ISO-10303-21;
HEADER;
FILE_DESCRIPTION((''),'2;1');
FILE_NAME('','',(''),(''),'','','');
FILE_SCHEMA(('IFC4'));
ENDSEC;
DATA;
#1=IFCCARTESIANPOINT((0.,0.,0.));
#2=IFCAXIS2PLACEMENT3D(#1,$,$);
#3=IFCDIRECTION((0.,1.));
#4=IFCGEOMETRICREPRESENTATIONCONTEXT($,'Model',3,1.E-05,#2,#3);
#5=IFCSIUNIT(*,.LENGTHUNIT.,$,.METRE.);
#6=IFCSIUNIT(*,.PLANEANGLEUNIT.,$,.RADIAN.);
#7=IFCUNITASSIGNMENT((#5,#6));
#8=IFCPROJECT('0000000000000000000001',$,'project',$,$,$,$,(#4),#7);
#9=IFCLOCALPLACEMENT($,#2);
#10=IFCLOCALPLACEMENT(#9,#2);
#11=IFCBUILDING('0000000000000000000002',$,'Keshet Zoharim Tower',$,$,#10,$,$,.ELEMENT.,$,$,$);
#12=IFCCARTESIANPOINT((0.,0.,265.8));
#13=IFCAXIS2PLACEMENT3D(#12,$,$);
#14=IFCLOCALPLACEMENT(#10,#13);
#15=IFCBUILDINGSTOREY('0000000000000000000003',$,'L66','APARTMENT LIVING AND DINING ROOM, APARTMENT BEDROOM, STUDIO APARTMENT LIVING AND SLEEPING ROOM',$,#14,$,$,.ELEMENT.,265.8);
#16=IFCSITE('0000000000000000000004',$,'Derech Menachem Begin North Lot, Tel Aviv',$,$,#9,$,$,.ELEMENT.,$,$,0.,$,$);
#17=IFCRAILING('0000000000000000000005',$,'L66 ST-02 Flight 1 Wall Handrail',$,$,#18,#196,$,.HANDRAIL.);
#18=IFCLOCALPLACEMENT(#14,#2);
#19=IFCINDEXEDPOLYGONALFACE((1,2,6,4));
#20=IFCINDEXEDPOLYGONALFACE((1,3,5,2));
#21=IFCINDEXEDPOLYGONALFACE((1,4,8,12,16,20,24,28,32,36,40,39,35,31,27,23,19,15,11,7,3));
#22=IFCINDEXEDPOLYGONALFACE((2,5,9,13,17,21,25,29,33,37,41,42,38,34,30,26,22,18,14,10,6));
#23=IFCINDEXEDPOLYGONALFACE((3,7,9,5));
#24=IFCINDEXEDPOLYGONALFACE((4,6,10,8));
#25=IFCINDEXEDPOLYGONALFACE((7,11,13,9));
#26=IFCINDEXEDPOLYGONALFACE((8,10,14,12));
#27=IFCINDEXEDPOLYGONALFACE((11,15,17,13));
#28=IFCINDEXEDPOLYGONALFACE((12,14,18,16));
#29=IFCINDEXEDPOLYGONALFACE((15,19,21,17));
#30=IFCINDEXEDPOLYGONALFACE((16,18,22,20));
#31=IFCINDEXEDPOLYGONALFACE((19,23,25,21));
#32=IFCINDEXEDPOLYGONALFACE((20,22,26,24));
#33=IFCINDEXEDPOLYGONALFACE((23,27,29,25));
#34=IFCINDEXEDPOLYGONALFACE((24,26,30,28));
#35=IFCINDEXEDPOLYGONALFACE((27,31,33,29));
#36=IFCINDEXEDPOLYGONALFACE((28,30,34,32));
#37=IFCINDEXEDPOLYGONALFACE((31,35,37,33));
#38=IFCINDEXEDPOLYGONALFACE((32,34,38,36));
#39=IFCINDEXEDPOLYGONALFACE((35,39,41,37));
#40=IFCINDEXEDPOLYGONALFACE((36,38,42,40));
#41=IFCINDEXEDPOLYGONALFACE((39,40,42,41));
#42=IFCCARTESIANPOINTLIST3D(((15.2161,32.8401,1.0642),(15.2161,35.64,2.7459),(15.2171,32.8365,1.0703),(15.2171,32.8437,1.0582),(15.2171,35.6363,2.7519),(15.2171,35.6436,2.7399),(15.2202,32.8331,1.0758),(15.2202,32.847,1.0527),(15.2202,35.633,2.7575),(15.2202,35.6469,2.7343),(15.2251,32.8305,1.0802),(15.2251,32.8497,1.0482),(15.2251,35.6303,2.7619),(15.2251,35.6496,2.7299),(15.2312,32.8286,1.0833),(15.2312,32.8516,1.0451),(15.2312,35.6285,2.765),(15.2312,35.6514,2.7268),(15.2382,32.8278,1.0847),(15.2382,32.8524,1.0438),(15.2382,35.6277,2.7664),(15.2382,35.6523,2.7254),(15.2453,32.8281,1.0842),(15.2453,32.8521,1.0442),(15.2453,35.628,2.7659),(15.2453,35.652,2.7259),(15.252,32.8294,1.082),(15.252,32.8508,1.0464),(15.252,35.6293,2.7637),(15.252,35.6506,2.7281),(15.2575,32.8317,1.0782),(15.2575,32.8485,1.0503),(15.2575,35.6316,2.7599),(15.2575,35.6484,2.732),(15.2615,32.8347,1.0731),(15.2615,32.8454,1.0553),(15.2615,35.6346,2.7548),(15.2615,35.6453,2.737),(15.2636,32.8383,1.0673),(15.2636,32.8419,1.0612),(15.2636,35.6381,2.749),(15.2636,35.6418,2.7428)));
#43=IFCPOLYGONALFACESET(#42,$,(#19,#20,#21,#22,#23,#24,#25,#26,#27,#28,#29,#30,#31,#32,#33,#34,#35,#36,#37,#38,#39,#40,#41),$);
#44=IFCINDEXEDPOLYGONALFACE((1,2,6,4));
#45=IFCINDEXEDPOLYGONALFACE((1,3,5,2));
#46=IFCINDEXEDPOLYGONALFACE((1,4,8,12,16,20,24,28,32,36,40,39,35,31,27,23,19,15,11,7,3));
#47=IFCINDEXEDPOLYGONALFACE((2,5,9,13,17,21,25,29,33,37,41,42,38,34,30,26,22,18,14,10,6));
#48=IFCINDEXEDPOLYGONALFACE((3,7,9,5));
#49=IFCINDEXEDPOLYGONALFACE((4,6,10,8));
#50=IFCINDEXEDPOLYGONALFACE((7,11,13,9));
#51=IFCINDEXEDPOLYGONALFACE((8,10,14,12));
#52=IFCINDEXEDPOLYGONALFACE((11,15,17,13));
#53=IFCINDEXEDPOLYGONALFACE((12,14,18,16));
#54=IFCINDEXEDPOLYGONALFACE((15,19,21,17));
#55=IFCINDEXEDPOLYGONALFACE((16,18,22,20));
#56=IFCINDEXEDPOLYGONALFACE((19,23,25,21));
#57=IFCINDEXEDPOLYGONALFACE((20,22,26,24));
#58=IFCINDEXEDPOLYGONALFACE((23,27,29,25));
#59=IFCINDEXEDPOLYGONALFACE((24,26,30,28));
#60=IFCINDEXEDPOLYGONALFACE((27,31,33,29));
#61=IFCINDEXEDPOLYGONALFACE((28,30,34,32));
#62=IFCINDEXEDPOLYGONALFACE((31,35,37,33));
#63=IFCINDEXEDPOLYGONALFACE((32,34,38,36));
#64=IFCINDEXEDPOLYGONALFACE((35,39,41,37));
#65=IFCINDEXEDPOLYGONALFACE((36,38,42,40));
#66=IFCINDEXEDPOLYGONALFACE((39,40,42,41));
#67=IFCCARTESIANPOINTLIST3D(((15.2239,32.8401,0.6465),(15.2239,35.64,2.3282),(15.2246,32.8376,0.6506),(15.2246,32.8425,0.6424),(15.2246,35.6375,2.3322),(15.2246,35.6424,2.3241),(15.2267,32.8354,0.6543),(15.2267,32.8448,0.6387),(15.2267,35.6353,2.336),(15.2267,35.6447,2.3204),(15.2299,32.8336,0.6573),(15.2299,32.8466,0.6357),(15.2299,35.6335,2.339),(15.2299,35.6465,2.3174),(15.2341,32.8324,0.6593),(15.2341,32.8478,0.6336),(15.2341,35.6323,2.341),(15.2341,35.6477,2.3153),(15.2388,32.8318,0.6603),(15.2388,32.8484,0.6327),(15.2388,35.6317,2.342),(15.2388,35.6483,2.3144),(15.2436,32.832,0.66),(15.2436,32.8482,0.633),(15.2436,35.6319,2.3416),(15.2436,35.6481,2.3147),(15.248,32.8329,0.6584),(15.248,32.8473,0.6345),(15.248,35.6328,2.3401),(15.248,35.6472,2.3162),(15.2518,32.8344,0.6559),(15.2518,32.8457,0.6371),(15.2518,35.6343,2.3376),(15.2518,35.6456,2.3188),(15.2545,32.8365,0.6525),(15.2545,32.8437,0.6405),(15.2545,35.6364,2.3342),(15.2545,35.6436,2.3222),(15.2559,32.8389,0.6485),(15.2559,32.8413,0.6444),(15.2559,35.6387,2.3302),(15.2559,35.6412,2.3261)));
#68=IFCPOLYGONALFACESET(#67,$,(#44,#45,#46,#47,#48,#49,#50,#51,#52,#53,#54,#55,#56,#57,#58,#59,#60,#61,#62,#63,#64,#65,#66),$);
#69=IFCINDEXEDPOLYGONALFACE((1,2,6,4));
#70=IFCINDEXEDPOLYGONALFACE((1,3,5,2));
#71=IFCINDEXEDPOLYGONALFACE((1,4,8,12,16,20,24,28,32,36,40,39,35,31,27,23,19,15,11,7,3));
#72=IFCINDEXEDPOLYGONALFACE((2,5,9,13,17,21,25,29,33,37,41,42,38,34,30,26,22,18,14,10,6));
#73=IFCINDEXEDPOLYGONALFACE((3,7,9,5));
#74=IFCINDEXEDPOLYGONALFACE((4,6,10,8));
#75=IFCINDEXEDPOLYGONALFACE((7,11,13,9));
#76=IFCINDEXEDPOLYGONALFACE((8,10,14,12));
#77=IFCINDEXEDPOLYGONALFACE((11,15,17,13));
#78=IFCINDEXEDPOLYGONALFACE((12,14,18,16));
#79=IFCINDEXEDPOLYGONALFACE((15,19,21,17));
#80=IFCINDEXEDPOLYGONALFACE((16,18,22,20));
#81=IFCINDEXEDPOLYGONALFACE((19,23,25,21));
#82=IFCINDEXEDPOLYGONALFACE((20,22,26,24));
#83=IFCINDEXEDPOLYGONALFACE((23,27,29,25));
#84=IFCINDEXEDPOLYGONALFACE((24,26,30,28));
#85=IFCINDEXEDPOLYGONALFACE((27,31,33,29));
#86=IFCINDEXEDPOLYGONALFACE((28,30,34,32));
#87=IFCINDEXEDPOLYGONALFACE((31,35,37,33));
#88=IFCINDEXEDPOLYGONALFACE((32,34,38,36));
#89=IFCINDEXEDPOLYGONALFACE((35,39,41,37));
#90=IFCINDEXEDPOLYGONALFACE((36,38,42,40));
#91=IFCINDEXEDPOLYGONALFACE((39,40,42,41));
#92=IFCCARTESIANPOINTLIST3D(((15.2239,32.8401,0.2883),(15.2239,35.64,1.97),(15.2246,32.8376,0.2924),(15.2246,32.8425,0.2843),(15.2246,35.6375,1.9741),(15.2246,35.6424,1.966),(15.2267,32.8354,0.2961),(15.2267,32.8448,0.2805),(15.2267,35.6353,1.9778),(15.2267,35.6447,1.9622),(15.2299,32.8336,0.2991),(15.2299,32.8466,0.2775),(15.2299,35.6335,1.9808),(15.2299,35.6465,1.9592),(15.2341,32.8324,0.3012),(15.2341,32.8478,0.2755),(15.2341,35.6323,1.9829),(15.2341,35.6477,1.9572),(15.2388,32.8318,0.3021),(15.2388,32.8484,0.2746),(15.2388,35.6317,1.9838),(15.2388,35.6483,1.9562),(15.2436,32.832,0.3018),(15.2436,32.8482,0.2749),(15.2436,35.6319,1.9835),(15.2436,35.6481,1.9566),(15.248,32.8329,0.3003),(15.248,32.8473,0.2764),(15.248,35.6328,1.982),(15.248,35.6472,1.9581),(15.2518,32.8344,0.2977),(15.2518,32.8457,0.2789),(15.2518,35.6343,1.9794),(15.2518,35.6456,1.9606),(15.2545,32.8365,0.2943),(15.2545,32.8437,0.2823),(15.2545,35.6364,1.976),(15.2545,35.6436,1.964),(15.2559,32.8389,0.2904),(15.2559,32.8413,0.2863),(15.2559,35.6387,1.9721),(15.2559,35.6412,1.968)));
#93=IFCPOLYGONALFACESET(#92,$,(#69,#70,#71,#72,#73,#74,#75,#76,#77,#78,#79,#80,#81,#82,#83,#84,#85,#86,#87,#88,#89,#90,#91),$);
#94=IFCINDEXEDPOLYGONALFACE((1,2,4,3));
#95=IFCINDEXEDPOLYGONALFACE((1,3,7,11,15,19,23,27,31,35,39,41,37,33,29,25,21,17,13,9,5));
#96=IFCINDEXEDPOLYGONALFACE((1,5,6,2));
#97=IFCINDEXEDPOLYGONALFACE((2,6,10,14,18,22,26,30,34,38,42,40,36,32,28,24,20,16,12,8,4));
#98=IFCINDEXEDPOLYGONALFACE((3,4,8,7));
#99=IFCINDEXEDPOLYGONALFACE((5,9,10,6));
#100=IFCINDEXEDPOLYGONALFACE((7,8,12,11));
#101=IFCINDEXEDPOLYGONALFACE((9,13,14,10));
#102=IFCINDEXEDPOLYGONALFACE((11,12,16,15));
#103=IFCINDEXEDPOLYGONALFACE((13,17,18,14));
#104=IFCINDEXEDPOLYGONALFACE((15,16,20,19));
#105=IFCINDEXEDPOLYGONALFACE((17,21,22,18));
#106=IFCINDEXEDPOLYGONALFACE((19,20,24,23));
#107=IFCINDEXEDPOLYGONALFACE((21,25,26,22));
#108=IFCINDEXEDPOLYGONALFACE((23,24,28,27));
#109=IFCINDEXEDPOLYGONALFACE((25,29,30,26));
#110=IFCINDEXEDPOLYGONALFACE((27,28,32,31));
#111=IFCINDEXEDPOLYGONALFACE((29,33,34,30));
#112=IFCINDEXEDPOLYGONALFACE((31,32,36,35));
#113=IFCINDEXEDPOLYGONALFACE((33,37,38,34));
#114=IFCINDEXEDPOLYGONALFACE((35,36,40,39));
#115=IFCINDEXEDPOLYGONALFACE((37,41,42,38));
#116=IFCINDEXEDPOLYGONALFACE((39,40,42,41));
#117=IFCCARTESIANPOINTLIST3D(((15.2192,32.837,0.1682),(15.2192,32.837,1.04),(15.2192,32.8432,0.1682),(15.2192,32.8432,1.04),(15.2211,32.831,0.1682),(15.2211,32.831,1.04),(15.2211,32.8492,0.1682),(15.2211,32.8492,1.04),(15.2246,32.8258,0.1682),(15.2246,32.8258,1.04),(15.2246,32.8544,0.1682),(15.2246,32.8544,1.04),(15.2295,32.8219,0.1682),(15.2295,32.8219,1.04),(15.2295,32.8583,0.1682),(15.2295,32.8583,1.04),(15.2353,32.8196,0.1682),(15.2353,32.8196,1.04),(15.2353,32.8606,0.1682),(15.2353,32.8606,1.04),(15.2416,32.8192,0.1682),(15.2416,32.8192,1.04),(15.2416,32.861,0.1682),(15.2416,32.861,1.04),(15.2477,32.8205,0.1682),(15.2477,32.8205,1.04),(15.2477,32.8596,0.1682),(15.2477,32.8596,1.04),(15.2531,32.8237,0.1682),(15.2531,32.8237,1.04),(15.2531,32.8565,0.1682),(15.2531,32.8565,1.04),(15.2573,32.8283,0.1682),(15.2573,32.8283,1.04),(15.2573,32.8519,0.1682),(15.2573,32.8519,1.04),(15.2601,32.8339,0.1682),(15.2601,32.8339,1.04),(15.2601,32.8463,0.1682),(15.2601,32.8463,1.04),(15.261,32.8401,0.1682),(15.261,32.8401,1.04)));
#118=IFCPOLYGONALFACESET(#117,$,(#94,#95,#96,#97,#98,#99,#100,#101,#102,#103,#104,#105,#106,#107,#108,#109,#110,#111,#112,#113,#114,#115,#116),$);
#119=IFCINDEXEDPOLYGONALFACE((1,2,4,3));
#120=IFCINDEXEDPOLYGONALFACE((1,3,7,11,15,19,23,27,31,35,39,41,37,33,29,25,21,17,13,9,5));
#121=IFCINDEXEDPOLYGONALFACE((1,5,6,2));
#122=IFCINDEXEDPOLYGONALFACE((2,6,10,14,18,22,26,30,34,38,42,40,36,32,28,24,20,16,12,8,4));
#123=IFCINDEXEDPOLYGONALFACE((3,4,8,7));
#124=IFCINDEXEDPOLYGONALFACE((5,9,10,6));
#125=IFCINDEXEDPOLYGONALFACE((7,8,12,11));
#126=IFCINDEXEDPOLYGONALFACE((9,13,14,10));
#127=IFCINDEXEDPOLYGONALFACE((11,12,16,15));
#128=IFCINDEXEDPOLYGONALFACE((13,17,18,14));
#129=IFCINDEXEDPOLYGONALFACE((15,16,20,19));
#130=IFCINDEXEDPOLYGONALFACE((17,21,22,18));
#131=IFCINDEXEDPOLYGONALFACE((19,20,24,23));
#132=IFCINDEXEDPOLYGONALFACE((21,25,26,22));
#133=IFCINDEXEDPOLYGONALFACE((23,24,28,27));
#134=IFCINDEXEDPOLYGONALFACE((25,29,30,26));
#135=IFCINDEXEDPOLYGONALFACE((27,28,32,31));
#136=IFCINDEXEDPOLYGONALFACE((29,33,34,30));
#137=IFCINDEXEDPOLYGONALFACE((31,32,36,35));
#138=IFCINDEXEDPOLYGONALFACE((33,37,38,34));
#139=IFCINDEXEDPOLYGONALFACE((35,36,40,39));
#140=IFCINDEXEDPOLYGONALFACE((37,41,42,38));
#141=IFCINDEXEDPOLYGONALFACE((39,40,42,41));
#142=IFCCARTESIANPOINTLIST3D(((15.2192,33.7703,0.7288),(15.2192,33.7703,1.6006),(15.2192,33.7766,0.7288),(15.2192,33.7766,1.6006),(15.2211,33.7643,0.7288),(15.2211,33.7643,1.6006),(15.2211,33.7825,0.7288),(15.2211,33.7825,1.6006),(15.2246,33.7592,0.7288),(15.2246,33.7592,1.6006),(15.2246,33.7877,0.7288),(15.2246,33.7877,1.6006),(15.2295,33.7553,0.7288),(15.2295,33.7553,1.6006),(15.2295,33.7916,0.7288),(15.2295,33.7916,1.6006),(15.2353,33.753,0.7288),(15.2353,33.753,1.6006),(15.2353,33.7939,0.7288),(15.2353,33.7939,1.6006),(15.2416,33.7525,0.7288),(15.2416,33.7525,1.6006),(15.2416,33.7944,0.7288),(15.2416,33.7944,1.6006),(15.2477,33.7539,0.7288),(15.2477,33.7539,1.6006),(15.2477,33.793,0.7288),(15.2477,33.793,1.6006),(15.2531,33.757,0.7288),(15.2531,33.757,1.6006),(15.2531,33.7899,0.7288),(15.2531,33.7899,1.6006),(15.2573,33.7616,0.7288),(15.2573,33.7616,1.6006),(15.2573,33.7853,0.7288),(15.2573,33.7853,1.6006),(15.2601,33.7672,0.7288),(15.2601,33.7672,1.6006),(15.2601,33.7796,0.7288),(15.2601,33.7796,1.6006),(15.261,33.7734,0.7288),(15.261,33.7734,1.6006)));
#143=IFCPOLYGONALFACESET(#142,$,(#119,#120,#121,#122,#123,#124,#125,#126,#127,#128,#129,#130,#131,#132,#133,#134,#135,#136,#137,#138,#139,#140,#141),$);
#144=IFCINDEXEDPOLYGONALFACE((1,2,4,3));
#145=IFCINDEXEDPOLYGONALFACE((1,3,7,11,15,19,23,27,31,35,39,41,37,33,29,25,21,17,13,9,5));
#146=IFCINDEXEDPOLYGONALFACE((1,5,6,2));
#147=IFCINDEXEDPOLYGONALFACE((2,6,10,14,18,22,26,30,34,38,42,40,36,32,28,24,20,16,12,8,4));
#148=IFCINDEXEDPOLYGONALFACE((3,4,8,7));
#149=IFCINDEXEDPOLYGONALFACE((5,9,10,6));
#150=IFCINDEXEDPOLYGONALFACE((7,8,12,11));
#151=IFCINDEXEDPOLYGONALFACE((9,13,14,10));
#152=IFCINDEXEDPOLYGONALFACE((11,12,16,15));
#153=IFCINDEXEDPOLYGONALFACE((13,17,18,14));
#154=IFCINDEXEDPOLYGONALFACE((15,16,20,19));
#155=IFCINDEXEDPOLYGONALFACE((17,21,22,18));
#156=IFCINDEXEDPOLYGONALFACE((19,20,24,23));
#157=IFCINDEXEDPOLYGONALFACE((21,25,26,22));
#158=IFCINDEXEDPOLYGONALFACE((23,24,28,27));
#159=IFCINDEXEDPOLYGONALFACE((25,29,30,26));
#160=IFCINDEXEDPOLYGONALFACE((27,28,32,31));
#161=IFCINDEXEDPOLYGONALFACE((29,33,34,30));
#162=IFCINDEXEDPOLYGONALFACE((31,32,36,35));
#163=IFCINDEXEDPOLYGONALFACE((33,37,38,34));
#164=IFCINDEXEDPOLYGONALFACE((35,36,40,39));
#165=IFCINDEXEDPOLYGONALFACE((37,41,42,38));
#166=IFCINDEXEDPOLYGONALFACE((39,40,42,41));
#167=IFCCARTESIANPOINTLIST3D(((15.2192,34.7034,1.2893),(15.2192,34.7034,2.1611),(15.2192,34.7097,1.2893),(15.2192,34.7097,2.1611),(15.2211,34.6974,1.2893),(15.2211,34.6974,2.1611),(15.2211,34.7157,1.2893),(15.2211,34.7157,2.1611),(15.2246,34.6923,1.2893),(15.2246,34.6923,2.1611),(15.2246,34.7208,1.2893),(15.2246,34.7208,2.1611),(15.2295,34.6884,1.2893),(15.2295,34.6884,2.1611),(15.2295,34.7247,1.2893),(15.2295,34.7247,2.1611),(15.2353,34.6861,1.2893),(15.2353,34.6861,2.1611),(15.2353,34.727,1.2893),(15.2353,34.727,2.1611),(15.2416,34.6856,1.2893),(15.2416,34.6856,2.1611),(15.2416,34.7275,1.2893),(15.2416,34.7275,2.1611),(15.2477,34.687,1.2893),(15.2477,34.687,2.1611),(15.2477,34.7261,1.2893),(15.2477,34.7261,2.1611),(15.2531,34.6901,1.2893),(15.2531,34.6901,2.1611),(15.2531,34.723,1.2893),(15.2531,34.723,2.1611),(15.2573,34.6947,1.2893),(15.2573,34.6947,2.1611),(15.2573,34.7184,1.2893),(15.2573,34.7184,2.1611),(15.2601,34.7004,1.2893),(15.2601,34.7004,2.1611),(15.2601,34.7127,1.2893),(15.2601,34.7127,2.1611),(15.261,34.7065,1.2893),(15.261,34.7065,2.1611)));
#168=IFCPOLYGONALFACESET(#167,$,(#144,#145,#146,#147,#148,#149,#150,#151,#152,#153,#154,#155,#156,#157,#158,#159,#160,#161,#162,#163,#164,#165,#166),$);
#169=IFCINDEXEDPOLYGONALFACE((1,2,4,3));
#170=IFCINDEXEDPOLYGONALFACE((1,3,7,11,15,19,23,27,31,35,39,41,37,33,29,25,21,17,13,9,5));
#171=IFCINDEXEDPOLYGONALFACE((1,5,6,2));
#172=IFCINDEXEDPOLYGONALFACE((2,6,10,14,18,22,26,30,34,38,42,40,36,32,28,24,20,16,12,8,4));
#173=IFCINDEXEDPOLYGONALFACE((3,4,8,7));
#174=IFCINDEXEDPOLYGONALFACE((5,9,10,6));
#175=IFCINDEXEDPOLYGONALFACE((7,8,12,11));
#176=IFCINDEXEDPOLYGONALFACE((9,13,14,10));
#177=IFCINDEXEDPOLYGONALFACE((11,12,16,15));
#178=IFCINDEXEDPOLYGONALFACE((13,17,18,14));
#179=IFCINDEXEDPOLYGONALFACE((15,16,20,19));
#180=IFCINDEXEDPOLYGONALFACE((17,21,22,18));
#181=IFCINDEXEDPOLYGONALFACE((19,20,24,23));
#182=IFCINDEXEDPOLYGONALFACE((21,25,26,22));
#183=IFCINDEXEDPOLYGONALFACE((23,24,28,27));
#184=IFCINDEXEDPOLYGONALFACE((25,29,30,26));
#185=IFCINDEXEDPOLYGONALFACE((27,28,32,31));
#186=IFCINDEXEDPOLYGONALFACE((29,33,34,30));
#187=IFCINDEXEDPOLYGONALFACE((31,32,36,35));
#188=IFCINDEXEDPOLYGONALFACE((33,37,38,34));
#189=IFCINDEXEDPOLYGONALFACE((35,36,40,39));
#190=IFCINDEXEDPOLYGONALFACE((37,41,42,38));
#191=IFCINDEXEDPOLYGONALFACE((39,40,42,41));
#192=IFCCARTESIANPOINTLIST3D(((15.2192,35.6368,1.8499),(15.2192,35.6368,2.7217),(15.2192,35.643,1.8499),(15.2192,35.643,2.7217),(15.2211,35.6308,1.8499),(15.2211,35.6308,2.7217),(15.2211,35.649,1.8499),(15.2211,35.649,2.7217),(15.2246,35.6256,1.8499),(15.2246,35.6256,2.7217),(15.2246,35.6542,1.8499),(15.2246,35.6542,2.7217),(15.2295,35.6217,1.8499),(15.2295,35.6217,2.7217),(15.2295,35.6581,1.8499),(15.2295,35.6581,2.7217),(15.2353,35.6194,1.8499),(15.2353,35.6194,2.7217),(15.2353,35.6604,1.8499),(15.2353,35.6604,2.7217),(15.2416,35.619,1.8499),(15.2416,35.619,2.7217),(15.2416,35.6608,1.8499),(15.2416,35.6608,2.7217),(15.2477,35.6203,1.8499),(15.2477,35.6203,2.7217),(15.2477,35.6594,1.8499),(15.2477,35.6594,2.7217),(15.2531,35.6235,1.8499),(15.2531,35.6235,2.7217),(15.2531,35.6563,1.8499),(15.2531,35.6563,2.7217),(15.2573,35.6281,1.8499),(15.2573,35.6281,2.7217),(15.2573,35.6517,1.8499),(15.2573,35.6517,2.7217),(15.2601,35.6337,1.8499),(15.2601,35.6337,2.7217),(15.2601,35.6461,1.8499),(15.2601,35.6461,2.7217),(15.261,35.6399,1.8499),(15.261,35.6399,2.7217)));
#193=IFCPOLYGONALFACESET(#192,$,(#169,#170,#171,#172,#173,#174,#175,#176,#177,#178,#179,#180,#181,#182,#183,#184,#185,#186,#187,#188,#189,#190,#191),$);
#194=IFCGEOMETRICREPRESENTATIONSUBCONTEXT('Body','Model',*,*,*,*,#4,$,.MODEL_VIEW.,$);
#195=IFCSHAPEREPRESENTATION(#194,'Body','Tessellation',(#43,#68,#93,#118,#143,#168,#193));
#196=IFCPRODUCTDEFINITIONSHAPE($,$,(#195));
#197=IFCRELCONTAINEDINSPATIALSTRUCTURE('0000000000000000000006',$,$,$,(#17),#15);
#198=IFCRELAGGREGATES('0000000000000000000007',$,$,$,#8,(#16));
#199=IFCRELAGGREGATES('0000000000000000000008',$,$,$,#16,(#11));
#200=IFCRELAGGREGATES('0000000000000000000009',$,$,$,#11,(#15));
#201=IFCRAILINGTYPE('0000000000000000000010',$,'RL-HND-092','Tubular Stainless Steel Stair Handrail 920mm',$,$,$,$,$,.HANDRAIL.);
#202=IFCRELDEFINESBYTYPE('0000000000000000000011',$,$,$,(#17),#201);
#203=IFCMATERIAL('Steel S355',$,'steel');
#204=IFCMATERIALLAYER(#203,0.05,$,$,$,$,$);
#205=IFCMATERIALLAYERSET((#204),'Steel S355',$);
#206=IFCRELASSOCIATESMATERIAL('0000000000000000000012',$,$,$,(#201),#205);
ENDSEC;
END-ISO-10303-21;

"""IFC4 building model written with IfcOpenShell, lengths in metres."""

from ifc_helpers import new_model, si_unit, direction, frame, origin, origin_2d, place, context, subcontext, project, spatial, circle, extrude, material, layer, layer_set, type_object, element, save


model = new_model("IFC4")

# Units and contexts
model_context = context("Model", 3, precision=1e-05, world=origin(), true_north=direction((0.0, 1.0)))
body_context = subcontext(model_context, "Body", "Model", "MODEL_VIEW")
ifc_project = project(units=[si_unit("LENGTHUNIT", "METRE"), si_unit("PLANEANGLEUNIT", "RADIAN")], contexts=[model_context])

# Site, building, storey
site_placement = place(None, origin())
site = spatial("IfcSite", under=ifc_project, at=site_placement, Name="Derech Menachem Begin North Lot, Tel Aviv", CompositionType="ELEMENT", RefElevation=0.0)
building_placement = place(site_placement, origin())
building = spatial("IfcBuilding", under=site, at=building_placement, Name="Keshet Zoharim Tower", CompositionType="ELEMENT")
storey_placement = place(building_placement, frame((0.0, 0.0, 265.8)))
storey = spatial("IfcBuildingStorey", under=building, at=storey_placement, Name="L66", Description="APARTMENT LIVING AND DINING ROOM, APARTMENT BEDROOM, STUDIO APARTMENT LIVING AND SLEEPING ROOM", CompositionType="ELEMENT", Elevation=265.8)

# Shared definitions
ifc_material_1 = material(Name="Steel S355", Category="steel")

# Railing
ifc_layer_1 = layer(ifc_material_1, 0.05)
ifc_layer_set_1 = layer_set([ifc_layer_1], Name="Steel S355")
railing_type_1 = type_object("IfcRailingType", Name="RL-HND-092", Description="Tubular Stainless Steel Stair Handrail 920mm", PredefinedType="HANDRAIL", material=ifc_layer_set_1)
railing_1_placement = place(storey_placement, frame((15.24, 32.8401, 0.1682)))
element("IfcRailing", 1, at=railing_1_placement, inside=storey, type_object=railing_type_1, Name="L66 ST-02 Flight 1 Wall Handrail", PredefinedType="HANDRAIL", context=body_context, shape_type="SweptSolid", body=[
    extrude(circle(Radius=0.0239, at=origin_2d()), frame((0.0, 0.0, 0.896), z_axis=(0.0, 0.857255, 0.514891), x_axis=(-1.0, 0.0, 0.0)), (0.0, 0.0, 1.0), 3.2661),
    extrude(circle(Radius=0.0161, at=origin_2d()), frame((0.0, 0.0, 0.4783), z_axis=(0.0, 0.857255, 0.514891), x_axis=(-1.0, 0.0, 0.0)), (0.0, 0.0, 1.0), 3.2661),
    extrude(circle(Radius=0.0161, at=origin_2d()), frame((0.0, 0.0, 0.1201), z_axis=(0.0, 0.857255, 0.514891), x_axis=(-1.0, 0.0, 0.0)), (0.0, 0.0, 1.0), 3.2661),
    extrude(circle(Radius=0.021, at=origin_2d()), origin(), (0.0, 0.0, 1.0), 0.8718),
    extrude(circle(Radius=0.021, at=origin_2d()), frame((0.0, 0.9333, 0.5605)), (0.0, 0.0, 1.0), 0.8718),
    extrude(circle(Radius=0.021, at=origin_2d()), frame((0.0, 1.8665, 1.1211)), (0.0, 0.0, 1.0), 0.8718),
    extrude(circle(Radius=0.021, at=origin_2d()), frame((0.0, 2.7998, 1.6816)), (0.0, 0.0, 1.0), 0.8718),
])

save(model, "model.ifc")
